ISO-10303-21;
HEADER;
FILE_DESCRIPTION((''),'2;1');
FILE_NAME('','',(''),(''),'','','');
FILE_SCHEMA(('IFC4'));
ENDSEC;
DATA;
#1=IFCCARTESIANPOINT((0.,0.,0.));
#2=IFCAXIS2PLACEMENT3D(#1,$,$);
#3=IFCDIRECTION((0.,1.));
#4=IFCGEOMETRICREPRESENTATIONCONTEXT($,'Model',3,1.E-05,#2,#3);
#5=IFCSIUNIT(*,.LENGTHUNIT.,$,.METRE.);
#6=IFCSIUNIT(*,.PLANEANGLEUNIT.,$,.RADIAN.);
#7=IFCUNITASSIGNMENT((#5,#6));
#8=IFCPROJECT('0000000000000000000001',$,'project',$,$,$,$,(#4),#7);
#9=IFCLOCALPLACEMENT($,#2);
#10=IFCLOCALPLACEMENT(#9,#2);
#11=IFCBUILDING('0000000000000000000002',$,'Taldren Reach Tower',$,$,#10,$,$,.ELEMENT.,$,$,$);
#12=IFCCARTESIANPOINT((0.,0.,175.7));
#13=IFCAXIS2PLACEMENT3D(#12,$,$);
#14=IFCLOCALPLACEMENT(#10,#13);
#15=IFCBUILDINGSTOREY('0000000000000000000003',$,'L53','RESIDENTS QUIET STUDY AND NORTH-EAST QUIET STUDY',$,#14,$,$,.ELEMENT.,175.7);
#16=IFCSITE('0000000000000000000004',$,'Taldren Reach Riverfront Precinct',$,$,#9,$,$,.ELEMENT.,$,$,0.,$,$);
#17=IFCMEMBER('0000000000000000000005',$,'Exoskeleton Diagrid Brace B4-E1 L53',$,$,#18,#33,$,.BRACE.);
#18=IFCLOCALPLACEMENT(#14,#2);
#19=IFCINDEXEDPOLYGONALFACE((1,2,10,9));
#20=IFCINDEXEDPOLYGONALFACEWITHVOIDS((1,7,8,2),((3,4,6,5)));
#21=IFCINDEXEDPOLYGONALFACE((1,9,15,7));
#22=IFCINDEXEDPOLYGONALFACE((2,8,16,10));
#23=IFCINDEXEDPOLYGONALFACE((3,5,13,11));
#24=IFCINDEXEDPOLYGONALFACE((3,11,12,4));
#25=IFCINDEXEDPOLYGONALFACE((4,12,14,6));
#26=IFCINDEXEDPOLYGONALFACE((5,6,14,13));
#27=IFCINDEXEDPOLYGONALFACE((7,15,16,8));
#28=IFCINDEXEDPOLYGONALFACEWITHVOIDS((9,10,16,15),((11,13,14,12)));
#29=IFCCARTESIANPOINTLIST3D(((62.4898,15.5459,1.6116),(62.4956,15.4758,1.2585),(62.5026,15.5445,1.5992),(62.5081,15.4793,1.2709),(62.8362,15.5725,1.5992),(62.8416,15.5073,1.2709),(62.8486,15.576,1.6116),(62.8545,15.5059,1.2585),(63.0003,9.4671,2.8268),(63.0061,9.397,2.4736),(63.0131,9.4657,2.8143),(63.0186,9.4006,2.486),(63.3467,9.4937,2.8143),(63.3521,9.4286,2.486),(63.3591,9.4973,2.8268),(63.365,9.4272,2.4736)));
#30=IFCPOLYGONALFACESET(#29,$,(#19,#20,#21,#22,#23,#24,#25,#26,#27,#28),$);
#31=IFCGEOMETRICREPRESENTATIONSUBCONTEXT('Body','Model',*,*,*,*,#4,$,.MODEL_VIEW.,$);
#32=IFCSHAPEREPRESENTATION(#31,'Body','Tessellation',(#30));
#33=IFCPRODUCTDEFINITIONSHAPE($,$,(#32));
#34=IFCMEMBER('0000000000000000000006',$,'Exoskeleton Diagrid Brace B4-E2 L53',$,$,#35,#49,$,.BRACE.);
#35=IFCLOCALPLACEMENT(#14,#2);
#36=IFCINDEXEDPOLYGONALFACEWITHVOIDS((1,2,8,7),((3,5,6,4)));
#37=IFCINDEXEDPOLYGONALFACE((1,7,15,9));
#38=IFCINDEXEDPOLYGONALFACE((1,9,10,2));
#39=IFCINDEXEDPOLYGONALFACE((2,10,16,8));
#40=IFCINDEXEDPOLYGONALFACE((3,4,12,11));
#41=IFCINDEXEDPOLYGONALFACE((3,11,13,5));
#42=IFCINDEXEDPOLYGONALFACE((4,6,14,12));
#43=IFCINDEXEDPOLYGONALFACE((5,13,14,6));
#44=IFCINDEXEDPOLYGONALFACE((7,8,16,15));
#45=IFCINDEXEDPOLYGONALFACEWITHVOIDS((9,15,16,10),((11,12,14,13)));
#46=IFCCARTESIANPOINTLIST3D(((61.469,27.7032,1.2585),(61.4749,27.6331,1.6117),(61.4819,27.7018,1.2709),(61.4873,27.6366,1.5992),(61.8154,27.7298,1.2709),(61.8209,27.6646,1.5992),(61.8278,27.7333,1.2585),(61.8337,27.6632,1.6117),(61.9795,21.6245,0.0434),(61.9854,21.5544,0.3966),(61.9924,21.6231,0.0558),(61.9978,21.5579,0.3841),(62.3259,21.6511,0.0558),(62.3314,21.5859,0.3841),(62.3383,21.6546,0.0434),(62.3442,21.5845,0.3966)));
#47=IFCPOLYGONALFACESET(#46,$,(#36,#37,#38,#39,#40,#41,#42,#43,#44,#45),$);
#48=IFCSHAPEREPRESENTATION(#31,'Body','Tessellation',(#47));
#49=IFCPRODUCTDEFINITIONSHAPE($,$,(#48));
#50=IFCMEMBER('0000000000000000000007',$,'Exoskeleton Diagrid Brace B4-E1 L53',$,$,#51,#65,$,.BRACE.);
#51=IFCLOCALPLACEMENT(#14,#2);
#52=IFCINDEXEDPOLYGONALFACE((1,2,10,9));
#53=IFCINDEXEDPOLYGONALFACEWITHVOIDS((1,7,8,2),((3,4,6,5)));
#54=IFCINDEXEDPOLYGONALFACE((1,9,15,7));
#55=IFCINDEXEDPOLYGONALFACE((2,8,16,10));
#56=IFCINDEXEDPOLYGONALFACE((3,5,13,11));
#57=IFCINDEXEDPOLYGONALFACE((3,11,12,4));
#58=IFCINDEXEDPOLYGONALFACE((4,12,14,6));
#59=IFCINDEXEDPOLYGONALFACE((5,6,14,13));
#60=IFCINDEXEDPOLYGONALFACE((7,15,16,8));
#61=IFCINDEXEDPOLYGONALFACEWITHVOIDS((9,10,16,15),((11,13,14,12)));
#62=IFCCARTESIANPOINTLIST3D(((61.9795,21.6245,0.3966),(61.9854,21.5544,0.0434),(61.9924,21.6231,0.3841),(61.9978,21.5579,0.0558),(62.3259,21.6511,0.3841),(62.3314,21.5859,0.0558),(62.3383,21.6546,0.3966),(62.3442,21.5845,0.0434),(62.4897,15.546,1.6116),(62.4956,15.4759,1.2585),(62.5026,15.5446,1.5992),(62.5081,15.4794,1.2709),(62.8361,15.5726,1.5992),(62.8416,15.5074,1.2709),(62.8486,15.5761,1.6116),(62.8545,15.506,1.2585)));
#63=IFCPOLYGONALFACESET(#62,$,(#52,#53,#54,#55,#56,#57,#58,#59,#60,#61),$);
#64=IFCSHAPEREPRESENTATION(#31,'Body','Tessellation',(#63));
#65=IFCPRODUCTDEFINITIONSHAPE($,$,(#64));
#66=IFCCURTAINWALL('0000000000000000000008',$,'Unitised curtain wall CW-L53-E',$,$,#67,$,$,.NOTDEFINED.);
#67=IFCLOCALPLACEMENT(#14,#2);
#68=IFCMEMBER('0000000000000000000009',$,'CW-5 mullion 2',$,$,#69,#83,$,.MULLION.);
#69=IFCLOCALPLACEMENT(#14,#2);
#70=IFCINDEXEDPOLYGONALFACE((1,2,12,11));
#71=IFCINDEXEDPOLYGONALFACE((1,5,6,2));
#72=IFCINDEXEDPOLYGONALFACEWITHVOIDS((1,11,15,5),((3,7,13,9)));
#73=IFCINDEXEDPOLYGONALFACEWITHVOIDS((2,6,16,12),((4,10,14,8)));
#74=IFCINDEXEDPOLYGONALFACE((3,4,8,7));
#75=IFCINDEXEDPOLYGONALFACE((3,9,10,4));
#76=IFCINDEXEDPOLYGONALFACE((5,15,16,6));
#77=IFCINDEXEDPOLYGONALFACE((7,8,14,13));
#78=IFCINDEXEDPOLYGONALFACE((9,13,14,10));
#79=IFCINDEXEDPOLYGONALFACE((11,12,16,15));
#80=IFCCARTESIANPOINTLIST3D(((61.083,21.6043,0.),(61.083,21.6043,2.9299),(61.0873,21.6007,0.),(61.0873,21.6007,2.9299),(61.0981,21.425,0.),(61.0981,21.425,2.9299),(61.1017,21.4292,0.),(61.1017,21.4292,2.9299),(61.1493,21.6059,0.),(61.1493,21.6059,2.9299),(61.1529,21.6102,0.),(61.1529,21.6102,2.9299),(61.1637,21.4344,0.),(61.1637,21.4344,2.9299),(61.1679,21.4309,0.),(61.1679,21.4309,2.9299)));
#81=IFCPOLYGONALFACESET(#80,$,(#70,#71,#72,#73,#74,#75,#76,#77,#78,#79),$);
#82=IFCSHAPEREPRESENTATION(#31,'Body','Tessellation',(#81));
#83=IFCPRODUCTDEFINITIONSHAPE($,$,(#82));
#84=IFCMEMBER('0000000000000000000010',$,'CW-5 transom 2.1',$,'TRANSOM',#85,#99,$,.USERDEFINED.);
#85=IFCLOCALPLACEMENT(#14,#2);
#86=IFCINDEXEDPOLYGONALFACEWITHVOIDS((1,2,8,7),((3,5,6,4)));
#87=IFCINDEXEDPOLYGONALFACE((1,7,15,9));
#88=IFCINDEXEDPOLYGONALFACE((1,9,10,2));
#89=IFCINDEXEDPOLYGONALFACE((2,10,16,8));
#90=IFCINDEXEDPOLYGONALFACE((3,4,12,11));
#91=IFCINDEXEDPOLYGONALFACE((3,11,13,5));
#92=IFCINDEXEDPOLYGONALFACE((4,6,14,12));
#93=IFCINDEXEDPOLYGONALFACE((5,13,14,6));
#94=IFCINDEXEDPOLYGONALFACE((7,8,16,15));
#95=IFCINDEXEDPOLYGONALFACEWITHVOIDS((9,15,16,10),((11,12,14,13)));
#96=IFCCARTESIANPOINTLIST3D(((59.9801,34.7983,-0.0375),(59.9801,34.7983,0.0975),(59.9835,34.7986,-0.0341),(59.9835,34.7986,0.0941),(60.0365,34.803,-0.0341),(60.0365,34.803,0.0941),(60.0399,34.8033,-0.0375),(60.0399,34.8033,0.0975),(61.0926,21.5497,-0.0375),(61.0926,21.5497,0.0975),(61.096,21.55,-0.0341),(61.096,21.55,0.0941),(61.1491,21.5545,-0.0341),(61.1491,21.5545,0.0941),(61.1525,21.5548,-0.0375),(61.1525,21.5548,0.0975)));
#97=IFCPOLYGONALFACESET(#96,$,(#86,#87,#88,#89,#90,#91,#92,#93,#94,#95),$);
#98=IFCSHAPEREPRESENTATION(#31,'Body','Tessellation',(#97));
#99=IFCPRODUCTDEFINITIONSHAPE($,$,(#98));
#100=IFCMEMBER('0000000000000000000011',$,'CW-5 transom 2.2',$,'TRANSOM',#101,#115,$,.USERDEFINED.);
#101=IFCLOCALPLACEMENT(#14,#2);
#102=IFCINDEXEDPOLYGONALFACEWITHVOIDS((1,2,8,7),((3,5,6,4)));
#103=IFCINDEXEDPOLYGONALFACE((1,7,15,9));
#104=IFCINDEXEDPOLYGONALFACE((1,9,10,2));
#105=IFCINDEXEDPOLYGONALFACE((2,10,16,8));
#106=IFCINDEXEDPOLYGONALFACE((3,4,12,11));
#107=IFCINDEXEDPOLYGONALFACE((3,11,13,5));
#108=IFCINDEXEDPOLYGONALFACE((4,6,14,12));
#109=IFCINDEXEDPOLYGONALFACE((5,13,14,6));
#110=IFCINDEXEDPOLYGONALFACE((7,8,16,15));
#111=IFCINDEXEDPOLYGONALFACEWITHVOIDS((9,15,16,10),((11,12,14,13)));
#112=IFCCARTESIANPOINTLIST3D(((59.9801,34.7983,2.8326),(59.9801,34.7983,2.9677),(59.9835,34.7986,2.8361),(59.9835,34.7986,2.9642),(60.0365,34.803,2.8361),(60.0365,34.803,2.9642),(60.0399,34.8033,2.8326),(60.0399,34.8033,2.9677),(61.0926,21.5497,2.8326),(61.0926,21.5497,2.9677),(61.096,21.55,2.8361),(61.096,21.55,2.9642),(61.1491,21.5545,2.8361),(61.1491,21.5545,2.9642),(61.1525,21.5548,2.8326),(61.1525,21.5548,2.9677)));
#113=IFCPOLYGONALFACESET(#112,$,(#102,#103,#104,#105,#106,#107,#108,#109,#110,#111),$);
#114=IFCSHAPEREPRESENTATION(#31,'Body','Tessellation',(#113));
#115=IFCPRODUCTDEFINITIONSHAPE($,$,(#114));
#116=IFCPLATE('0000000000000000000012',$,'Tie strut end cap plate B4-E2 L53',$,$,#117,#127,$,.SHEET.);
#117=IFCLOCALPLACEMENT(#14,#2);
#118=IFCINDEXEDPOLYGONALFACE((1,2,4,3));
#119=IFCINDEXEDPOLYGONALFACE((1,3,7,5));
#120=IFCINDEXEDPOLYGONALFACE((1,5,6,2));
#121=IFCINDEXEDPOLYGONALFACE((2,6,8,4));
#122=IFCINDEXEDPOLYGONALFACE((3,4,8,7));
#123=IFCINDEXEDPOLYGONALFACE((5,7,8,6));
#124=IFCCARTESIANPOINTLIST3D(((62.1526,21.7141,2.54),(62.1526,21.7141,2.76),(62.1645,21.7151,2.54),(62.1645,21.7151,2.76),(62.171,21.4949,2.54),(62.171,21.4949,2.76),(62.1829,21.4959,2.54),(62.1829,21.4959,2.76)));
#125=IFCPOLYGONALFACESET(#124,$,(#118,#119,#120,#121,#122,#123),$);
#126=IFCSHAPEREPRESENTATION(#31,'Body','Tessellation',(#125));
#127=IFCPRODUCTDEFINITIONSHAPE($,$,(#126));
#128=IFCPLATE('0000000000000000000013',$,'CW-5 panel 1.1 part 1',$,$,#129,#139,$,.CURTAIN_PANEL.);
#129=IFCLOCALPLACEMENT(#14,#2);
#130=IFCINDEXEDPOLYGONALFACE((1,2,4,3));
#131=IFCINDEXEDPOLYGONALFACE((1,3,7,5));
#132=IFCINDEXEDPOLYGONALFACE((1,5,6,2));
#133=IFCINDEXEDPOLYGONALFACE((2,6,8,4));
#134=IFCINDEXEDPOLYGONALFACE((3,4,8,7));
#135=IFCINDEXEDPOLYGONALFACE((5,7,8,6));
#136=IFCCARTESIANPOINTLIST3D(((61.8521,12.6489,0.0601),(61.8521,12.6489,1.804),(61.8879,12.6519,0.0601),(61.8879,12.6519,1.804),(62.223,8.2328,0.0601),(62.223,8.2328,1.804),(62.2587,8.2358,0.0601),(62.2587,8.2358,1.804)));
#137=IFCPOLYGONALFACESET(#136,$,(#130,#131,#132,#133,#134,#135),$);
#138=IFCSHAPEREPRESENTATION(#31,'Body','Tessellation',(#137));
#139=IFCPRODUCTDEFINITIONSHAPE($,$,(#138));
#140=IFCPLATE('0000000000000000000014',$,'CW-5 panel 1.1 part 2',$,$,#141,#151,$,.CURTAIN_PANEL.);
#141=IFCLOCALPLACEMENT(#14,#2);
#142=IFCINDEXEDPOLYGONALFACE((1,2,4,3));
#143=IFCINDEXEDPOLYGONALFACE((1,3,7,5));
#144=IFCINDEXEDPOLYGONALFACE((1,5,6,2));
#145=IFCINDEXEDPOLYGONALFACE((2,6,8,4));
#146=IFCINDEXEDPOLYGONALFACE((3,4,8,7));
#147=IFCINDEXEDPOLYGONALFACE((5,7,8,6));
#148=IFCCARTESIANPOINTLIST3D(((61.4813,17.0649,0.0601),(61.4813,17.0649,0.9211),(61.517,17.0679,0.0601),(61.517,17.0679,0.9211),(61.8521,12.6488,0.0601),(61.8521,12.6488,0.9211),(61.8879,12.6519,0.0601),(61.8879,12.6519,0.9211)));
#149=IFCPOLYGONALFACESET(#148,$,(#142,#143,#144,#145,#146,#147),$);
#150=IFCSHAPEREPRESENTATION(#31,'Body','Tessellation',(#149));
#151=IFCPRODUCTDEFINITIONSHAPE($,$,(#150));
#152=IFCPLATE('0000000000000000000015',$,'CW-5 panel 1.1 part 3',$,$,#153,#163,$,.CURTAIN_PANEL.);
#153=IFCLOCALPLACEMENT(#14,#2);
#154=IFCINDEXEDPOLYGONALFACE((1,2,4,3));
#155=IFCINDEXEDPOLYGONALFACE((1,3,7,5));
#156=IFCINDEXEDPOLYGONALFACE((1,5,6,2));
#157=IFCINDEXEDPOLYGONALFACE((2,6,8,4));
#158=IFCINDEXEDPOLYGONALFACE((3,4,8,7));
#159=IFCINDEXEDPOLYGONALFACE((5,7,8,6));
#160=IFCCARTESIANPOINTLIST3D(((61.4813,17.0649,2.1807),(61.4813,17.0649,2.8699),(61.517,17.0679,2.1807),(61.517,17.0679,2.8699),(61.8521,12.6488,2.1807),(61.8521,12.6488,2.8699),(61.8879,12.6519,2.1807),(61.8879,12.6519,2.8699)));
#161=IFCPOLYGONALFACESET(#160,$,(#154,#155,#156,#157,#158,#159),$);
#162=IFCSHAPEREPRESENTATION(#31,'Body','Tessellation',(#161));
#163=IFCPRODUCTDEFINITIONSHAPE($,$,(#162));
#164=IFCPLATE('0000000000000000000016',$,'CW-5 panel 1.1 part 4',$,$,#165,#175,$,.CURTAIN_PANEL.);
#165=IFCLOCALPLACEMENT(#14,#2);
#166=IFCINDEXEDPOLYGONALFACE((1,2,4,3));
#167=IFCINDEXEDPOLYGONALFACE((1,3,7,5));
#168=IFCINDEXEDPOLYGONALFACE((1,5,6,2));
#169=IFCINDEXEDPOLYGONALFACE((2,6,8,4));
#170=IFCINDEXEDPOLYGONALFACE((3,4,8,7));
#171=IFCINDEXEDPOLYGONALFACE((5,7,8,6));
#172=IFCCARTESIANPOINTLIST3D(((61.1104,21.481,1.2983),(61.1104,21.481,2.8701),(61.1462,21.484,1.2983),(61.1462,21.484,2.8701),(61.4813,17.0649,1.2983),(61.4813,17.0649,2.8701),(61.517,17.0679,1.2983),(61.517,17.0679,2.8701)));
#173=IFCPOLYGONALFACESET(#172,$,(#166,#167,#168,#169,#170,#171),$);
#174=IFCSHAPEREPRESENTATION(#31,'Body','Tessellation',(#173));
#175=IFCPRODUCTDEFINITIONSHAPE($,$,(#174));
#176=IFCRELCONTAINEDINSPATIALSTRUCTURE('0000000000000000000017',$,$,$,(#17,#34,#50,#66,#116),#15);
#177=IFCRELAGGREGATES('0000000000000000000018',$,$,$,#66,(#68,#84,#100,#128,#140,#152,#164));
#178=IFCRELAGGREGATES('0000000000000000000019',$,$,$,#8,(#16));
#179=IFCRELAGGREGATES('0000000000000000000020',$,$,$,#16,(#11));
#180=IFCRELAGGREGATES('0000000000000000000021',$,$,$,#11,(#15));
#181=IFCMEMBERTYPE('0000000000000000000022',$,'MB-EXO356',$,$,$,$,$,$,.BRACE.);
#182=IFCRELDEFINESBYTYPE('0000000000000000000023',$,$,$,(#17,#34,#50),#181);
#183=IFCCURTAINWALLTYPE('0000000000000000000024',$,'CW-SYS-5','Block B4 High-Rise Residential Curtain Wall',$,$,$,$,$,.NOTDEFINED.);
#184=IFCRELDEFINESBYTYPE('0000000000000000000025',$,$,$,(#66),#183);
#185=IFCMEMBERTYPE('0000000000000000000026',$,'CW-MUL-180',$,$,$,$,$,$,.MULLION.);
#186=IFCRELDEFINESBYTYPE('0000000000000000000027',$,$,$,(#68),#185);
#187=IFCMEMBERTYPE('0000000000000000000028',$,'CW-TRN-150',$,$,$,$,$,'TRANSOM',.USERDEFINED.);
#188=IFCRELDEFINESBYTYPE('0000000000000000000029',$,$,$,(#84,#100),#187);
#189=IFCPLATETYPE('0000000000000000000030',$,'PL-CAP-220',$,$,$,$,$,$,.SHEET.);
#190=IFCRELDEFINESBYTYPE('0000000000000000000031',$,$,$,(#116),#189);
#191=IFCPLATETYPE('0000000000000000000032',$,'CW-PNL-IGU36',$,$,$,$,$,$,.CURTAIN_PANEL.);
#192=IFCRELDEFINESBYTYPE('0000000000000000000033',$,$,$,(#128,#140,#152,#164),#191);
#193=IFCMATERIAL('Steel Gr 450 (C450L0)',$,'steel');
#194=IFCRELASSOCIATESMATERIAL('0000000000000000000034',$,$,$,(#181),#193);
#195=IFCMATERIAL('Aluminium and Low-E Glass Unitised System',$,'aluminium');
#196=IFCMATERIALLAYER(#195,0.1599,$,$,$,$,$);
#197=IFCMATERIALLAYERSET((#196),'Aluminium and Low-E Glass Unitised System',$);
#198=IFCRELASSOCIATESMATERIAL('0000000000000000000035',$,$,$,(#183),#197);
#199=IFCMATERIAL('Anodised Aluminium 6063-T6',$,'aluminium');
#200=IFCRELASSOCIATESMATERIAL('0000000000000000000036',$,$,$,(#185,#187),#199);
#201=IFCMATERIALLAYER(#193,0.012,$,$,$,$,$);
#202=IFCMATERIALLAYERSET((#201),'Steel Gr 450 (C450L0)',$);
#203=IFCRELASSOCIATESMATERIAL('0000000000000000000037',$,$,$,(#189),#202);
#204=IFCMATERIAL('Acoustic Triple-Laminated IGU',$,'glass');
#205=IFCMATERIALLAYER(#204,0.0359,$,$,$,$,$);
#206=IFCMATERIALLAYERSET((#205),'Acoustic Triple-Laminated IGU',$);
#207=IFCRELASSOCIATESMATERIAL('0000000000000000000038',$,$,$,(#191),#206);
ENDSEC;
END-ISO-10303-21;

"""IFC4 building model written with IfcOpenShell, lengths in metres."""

from ifc_helpers import new_model, si_unit, direction, frame, origin, origin_2d, place, context, subcontext, project, spatial, rectangle, hollow_rectangle, extrude, source, transform, mapped, material, layer, layer_set, material_profile, profile_set, type_object, element, aggregate, save


model = new_model("IFC4")

# Units and contexts
model_context = context("Model", 3, precision=1e-05, world=origin(), true_north=direction((0.0, 1.0)))
body_context = subcontext(model_context, "Body", "Model", "MODEL_VIEW")
ifc_project = project(units=[si_unit("LENGTHUNIT", "METRE"), si_unit("PLANEANGLEUNIT", "RADIAN")], contexts=[model_context])

# Site, building, storey
site_placement = place(None, origin())
site = spatial("IfcSite", under=ifc_project, at=site_placement, Name="Taldren Reach Riverfront Precinct", CompositionType="ELEMENT", RefElevation=0.0)
building_placement = place(site_placement, origin())
building = spatial("IfcBuilding", under=site, at=building_placement, Name="Taldren Reach Tower", CompositionType="ELEMENT")
storey_placement = place(building_placement, frame((0.0, 0.0, 175.7)))
storey = spatial("IfcBuildingStorey", under=building, at=storey_placement, Name="L53", Description="RESIDENTS QUIET STUDY AND NORTH-EAST QUIET STUDY", CompositionType="ELEMENT", Elevation=175.7)

# Members
ifc_material_1 = material(Name="Steel Gr 450 (C450L0)", Category="steel")
ifc_material_profile_1 = material_profile(ifc_material_1, hollow_rectangle(XDim=0.3601, YDim=0.3601, WallThickness=0.0127, at=origin_2d()), Name="360x360x12.7SHS")
ifc_profile_set_1 = profile_set([ifc_material_profile_1], Name="Steel Gr 450 (C450L0)")
member_type_1 = type_object("IfcMemberType", Name="MB-EXO356", PredefinedType="BRACE", material=ifc_profile_set_1)
shared_shape_1 = source(origin(), body_context, "Body", "SweptSolid", [
    extrude(hollow_rectangle(XDim=0.3601, YDim=0.3601, WallThickness=0.0127, at=origin_2d()), origin(), (0.0, 0.0, 1.0), 6.22),
])
for number, where, z_axis, x_axis, name in (
    (1, (62.6721, 15.5259, 1.4351), (0.082076, -0.977292, 0.195356), (0.996492, 0.083688, 0.0), "Exoskeleton Diagrid Brace B4-E1 L53"),
    (2, (62.1619, 21.6045, 0.22), (-0.082076, 0.977292, 0.195356), (-0.996492, -0.083688, 0.0), "Exoskeleton Diagrid Brace B4-E2 L53"),
):
    element("IfcMember", number, at=place(storey_placement, frame(where, z_axis=z_axis, x_axis=x_axis)), inside=storey, type_object=member_type_1, Name=name, PredefinedType="BRACE", context=body_context, shape_type="MappedRepresentation", body=[
        mapped(shared_shape_1, transform((0.0, 0.0, 0.0), scale=1.0)),
    ])
shared_shape_2 = source(origin(), body_context, "Body", "SweptSolid", [
    extrude(hollow_rectangle(XDim=0.3601, YDim=0.3601, WallThickness=0.0127, at=origin_2d()), origin(), (0.0, 0.0, 1.0), 6.2197),
])
member_1_placement = place(storey_placement, frame((62.1619, 21.6045, 0.22), z_axis=(0.082037, -0.977295, 0.195357), x_axis=(0.996495, 0.083648, 0.0)))
element("IfcMember", 3, at=member_1_placement, inside=storey, type_object=member_type_1, Name="Exoskeleton Diagrid Brace B4-E1 L53", PredefinedType="BRACE", context=body_context, shape_type="MappedRepresentation", body=[
    mapped(shared_shape_2, transform((0.0, 0.0, 0.0), scale=1.0)),
])

# Curtain wall, members
ifc_material_2 = material(Name="Aluminium and Low-E Glass Unitised System", Category="aluminium")
ifc_layer_1 = layer(ifc_material_2, 0.1599)
ifc_layer_set_1 = layer_set([ifc_layer_1], Name="Aluminium and Low-E Glass Unitised System")
curtain_wall_type = type_object("IfcCurtainWallType", Name="CW-SYS-5", Description="Block B4 High-Rise Residential Curtain Wall", PredefinedType="NOTDEFINED", material=ifc_layer_set_1)
curtain_wall_placement = place(storey_placement, origin())
curtain_wall = element("IfcCurtainWall", 4, at=curtain_wall_placement, inside=storey, type_object=curtain_wall_type, Name="Unitised curtain wall CW-L53-E", PredefinedType="NOTDEFINED")
ifc_material_3 = material(Name="Anodised Aluminium 6063-T6", Category="aluminium")
ifc_material_profile_2 = material_profile(ifc_material_3, hollow_rectangle(XDim=0.0701, YDim=0.1799, WallThickness=0.0039, at=origin_2d()), Name="ALU-180x70x4RHS")
ifc_profile_set_2 = profile_set([ifc_material_profile_2], Name="Anodised Aluminium 6063-T6")
member_type_2 = type_object("IfcMemberType", Name="CW-MUL-180", PredefinedType="MULLION", material=ifc_profile_set_2)
shared_shape_3 = source(origin(), body_context, "Body", "SweptSolid", [
    extrude(hollow_rectangle(XDim=0.0701, YDim=0.1799, WallThickness=0.0039, at=origin_2d()), origin(), (0.0, 0.0, 1.0), 2.9299),
])
member_2_placement = place(storey_placement, frame((61.1255, 21.5176, 0.0), z_axis=(0.0, 0.0, 1.0), x_axis=(-0.996493, -0.083678, 0.0)))
member_2 = element("IfcMember", 5, at=member_2_placement, type_object=member_type_2, Name="CW-5 mullion 2", PredefinedType="MULLION", context=body_context, shape_type="MappedRepresentation", body=[
    mapped(shared_shape_3, transform((0.0, 0.0, 0.0), scale=1.0)),
])
ifc_material_profile_3 = material_profile(ifc_material_3, hollow_rectangle(XDim=0.0601, YDim=0.135, WallThickness=0.0034, at=origin_2d()), Name="ALU-135x60x3.5RHS")
ifc_profile_set_3 = profile_set([ifc_material_profile_3], Name="Anodised Aluminium 6063-T6")
member_type_3 = type_object("IfcMemberType", Name="CW-TRN-150", ElementType="TRANSOM", PredefinedType="USERDEFINED", material=ifc_profile_set_3)
shared_shape_4 = source(origin(), body_context, "Body", "SweptSolid", [
    extrude(hollow_rectangle(XDim=0.0601, YDim=0.135, WallThickness=0.0034, at=origin_2d()), origin(), (0.0, 0.0, 1.0), 13.2952),
])
member_3_placement = place(storey_placement, frame((61.1226, 21.5522, 0.03), z_axis=(-0.083681, 0.996493, 0.0), x_axis=(-0.996493, -0.083681, 0.0)))
member_3 = element("IfcMember", 6, at=member_3_placement, type_object=member_type_3, Name="CW-5 transom 2.1", ObjectType="TRANSOM", PredefinedType="USERDEFINED", context=body_context, shape_type="MappedRepresentation", body=[
    mapped(shared_shape_4, transform((0.0, 0.0, 0.0), scale=1.0)),
])
member_4_placement = place(storey_placement, frame((61.1226, 21.5522, 2.9001), z_axis=(-0.083681, 0.996493, 0.0), x_axis=(-0.996493, -0.083681, 0.0)))
member_4 = element("IfcMember", 7, at=member_4_placement, type_object=member_type_3, Name="CW-5 transom 2.2", ObjectType="TRANSOM", PredefinedType="USERDEFINED", context=body_context, shape_type="MappedRepresentation", body=[
    mapped(shared_shape_4, transform((0.0, 0.0, 0.0), scale=1.0)),
])

# Plates
ifc_layer_2 = layer(ifc_material_1, 0.012)
ifc_layer_set_2 = layer_set([ifc_layer_2], Name="Steel Gr 450 (C450L0)")
plate_type_1 = type_object("IfcPlateType", Name="PL-CAP-220", PredefinedType="SHEET", material=ifc_layer_set_2)
shared_shape_5 = source(origin(), body_context, "Body", "SweptSolid", [
    extrude(rectangle(XDim=0.012, YDim=0.22, at=origin_2d()), origin(), (0.0, 0.0, 1.0), 0.22),
])
plate_1_placement = place(storey_placement, frame((62.1677, 21.605, 2.54), z_axis=(0.0, 0.0, 1.0), x_axis=(0.996493, 0.083678, 0.0)))
element("IfcPlate", 8, at=plate_1_placement, inside=storey, type_object=plate_type_1, Name="Tie strut end cap plate B4-E2 L53", PredefinedType="SHEET", context=body_context, shape_type="MappedRepresentation", body=[
    mapped(shared_shape_5, transform((0.0, 0.0, 0.0), scale=1.0)),
])
ifc_material_4 = material(Name="Acoustic Triple-Laminated IGU", Category="glass")
ifc_layer_3 = layer(ifc_material_4, 0.0359)
ifc_layer_set_3 = layer_set([ifc_layer_3], Name="Acoustic Triple-Laminated IGU")
plate_type_2 = type_object("IfcPlateType", Name="CW-PNL-IGU36", PredefinedType="CURTAIN_PANEL", material=ifc_layer_set_3)
shared_shape_6 = source(origin(), body_context, "Body", "SweptSolid", [
    extrude(rectangle(XDim=4.4316, YDim=0.0359, at=origin_2d()), origin(), (0.0, 0.0, 1.0), 1.7439),
])
plate_2_placement = place(storey_placement, frame((62.0554, 10.4424, 0.0601), z_axis=(0.0, 0.0, 1.0), x_axis=(-0.083678, 0.996493, 0.0)))
plate_2 = element("IfcPlate", 9, at=plate_2_placement, type_object=plate_type_2, Name="CW-5 panel 1.1 part 1", PredefinedType="CURTAIN_PANEL", context=body_context, shape_type="MappedRepresentation", body=[
    mapped(shared_shape_6, transform((0.0, 0.0, 0.0), scale=1.0)),
])
shared_shape_7 = source(origin(), body_context, "Body", "SweptSolid", [
    extrude(rectangle(XDim=4.4316, YDim=0.0359, at=origin_2d()), origin(), (0.0, 0.0, 1.0), 0.8611),
])
plate_3_placement = place(storey_placement, frame((61.6846, 14.8584, 0.0601), z_axis=(0.0, 0.0, 1.0), x_axis=(-0.083678, 0.996493, 0.0)))
plate_3 = element("IfcPlate", 10, at=plate_3_placement, type_object=plate_type_2, Name="CW-5 panel 1.1 part 2", PredefinedType="CURTAIN_PANEL", context=body_context, shape_type="MappedRepresentation", body=[
    mapped(shared_shape_7, transform((0.0, 0.0, 0.0), scale=1.0)),
])
shared_shape_8 = source(origin(), body_context, "Body", "SweptSolid", [
    extrude(rectangle(XDim=4.4316, YDim=0.0359, at=origin_2d()), origin(), (0.0, 0.0, 1.0), 0.6892),
])
plate_4_placement = place(storey_placement, frame((61.6846, 14.8584, 2.1807), z_axis=(0.0, 0.0, 1.0), x_axis=(-0.083678, 0.996493, 0.0)))
plate_4 = element("IfcPlate", 11, at=plate_4_placement, type_object=plate_type_2, Name="CW-5 panel 1.1 part 3", PredefinedType="CURTAIN_PANEL", context=body_context, shape_type="MappedRepresentation", body=[
    mapped(shared_shape_8, transform((0.0, 0.0, 0.0), scale=1.0)),
])
shared_shape_9 = source(origin(), body_context, "Body", "SweptSolid", [
    extrude(rectangle(XDim=4.4316, YDim=0.0359, at=origin_2d()), origin(), (0.0, 0.0, 1.0), 1.5718),
])
plate_5_placement = place(storey_placement, frame((61.3137, 19.2744, 1.2983), z_axis=(0.0, 0.0, 1.0), x_axis=(-0.083678, 0.996493, 0.0)))
plate_5 = element("IfcPlate", 12, at=plate_5_placement, type_object=plate_type_2, Name="CW-5 panel 1.1 part 4", PredefinedType="CURTAIN_PANEL", context=body_context, shape_type="MappedRepresentation", body=[
    mapped(shared_shape_9, transform((0.0, 0.0, 0.0), scale=1.0)),
])
aggregate(curtain_wall, [member_2, member_3, member_4, plate_2, plate_3, plate_4, plate_5])

save(model, "model.ifc")
